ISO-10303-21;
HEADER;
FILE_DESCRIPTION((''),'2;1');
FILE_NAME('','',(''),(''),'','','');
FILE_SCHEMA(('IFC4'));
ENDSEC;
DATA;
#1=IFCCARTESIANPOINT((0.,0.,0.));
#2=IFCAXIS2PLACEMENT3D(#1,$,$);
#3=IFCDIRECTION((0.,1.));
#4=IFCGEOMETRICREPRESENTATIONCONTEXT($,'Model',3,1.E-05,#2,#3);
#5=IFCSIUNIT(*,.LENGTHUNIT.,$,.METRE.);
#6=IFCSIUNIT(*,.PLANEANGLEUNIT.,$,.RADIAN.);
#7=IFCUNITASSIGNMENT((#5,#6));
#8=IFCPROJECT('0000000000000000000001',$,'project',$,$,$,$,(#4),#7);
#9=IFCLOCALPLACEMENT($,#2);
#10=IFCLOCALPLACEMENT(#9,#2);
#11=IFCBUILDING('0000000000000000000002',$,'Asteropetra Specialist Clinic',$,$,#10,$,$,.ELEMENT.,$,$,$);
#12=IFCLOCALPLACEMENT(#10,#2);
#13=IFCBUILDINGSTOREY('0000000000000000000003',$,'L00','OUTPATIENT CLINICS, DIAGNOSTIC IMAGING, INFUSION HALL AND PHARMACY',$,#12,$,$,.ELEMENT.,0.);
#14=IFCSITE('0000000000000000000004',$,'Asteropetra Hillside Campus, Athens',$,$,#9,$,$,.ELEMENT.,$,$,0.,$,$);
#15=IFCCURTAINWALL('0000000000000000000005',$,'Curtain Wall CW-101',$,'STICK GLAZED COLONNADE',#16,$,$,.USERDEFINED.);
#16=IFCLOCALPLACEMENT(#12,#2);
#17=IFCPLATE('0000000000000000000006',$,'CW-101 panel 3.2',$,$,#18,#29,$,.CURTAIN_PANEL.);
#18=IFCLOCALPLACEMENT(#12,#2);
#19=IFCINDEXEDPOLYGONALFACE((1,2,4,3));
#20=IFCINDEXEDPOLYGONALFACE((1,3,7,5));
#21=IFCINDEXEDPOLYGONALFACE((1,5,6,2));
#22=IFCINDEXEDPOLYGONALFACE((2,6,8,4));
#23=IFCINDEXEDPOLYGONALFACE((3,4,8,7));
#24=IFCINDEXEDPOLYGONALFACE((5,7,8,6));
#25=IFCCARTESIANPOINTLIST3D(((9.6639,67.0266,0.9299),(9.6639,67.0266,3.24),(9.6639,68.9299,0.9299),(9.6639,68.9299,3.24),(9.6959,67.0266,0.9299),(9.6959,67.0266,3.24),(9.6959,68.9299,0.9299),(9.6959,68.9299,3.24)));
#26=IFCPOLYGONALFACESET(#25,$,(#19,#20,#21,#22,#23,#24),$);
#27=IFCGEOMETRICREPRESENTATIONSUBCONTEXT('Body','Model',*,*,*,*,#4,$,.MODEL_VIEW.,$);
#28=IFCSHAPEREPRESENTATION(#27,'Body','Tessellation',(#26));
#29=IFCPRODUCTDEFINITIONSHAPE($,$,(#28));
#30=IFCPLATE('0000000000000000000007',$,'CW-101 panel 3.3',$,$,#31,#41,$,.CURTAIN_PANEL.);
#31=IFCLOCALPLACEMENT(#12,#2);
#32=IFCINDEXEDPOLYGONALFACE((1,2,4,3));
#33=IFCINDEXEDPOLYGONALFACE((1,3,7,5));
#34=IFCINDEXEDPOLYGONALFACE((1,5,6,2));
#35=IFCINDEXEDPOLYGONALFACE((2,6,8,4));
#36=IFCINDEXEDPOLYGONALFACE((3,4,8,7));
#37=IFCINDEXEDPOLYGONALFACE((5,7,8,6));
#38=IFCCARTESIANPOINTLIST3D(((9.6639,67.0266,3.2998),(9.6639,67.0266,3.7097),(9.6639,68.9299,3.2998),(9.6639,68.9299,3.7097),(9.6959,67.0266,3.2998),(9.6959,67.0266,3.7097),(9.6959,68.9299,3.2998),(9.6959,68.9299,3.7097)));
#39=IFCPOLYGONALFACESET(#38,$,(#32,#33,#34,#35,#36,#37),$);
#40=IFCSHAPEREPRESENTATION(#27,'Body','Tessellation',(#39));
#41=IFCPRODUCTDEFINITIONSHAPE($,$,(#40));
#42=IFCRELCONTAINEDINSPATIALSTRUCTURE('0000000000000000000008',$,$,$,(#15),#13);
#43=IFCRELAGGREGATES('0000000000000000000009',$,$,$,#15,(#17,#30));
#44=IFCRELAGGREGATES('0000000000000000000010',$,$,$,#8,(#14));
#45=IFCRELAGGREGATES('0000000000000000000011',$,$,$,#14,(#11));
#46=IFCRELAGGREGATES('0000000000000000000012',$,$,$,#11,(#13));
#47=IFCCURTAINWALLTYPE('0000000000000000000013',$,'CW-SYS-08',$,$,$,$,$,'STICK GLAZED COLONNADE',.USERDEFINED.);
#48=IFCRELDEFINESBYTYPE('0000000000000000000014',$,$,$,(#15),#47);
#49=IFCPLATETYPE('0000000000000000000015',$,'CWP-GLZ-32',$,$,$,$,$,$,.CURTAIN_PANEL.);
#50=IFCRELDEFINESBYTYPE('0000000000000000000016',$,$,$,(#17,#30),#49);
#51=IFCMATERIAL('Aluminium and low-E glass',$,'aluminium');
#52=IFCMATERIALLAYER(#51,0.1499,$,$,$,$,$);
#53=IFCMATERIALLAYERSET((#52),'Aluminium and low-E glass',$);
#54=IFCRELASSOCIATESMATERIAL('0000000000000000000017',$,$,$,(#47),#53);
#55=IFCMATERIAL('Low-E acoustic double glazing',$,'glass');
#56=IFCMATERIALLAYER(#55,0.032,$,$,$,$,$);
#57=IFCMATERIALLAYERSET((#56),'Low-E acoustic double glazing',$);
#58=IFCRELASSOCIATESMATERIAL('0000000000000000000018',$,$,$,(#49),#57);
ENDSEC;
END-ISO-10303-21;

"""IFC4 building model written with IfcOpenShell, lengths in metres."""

from ifc_helpers import new_model, si_unit, direction, frame, origin, origin_2d, place, context, subcontext, project, spatial, rectangle, extrude, material, layer, layer_set, type_object, element, aggregate, save


model = new_model("IFC4")

# Units and contexts
model_context = context("Model", 3, precision=1e-05, world=origin(), true_north=direction((0.0, 1.0)))
body_context = subcontext(model_context, "Body", "Model", "MODEL_VIEW")
ifc_project = project(units=[si_unit("LENGTHUNIT", "METRE"), si_unit("PLANEANGLEUNIT", "RADIAN")], contexts=[model_context])

# Site, building, storey
site_placement = place(None, origin())
site = spatial("IfcSite", under=ifc_project, at=site_placement, Name="Asteropetra Hillside Campus, Athens", CompositionType="ELEMENT", RefElevation=0.0)
building_placement = place(site_placement, origin())
building = spatial("IfcBuilding", under=site, at=building_placement, Name="Asteropetra Specialist Clinic", CompositionType="ELEMENT")
storey_placement = place(building_placement, origin())
storey = spatial("IfcBuildingStorey", under=building, at=storey_placement, Name="L00", Description="OUTPATIENT CLINICS, DIAGNOSTIC IMAGING, INFUSION HALL AND PHARMACY", CompositionType="ELEMENT", Elevation=0.0)

# Curtain wall
ifc_material_1 = material(Name="Aluminium and low-E glass", Category="aluminium")
ifc_layer_1 = layer(ifc_material_1, 0.1499)
ifc_layer_set_1 = layer_set([ifc_layer_1], Name="Aluminium and low-E glass")
curtain_wall_type_1 = type_object("IfcCurtainWallType", Name="CW-SYS-08", ElementType="STICK GLAZED COLONNADE", PredefinedType="USERDEFINED", material=ifc_layer_set_1)
curtain_wall_1_placement = place(storey_placement, origin())
curtain_wall_1 = element("IfcCurtainWall", 1, at=curtain_wall_1_placement, inside=storey, type_object=curtain_wall_type_1, Name="Curtain Wall CW-101", ObjectType="STICK GLAZED COLONNADE", PredefinedType="USERDEFINED")

# Plates
ifc_material_2 = material(Name="Low-E acoustic double glazing", Category="glass")
ifc_layer_2 = layer(ifc_material_2, 0.032)
ifc_layer_set_2 = layer_set([ifc_layer_2], Name="Low-E acoustic double glazing")
plate_type = type_object("IfcPlateType", Name="CWP-GLZ-32", PredefinedType="CURTAIN_PANEL", material=ifc_layer_set_2)
plate_1_placement = place(storey_placement, frame((9.6799, 67.9783, 0.9299), z_axis=(0.0, 0.0, 1.0), x_axis=(0.0, 1.0, 0.0)))
plate_1 = element("IfcPlate", 2, at=plate_1_placement, type_object=plate_type, Name="CW-101 panel 3.2", PredefinedType="CURTAIN_PANEL", context=body_context, shape_type="SweptSolid", body=[
    extrude(rectangle(XDim=1.9033, YDim=0.032, at=origin_2d()), origin(), (0.0, 0.0, 1.0), 2.3101),
])
plate_2_placement = place(storey_placement, frame((9.6799, 67.9783, 3.2998), z_axis=(0.0, 0.0, 1.0), x_axis=(0.0, 1.0, 0.0)))
plate_2 = element("IfcPlate", 3, at=plate_2_placement, type_object=plate_type, Name="CW-101 panel 3.3", PredefinedType="CURTAIN_PANEL", context=body_context, shape_type="SweptSolid", body=[
    extrude(rectangle(XDim=1.9033, YDim=0.032, at=origin_2d()), origin(), (0.0, 0.0, 1.0), 0.4099),
])
aggregate(curtain_wall_1, [plate_1, plate_2])

save(model, "model.ifc")
